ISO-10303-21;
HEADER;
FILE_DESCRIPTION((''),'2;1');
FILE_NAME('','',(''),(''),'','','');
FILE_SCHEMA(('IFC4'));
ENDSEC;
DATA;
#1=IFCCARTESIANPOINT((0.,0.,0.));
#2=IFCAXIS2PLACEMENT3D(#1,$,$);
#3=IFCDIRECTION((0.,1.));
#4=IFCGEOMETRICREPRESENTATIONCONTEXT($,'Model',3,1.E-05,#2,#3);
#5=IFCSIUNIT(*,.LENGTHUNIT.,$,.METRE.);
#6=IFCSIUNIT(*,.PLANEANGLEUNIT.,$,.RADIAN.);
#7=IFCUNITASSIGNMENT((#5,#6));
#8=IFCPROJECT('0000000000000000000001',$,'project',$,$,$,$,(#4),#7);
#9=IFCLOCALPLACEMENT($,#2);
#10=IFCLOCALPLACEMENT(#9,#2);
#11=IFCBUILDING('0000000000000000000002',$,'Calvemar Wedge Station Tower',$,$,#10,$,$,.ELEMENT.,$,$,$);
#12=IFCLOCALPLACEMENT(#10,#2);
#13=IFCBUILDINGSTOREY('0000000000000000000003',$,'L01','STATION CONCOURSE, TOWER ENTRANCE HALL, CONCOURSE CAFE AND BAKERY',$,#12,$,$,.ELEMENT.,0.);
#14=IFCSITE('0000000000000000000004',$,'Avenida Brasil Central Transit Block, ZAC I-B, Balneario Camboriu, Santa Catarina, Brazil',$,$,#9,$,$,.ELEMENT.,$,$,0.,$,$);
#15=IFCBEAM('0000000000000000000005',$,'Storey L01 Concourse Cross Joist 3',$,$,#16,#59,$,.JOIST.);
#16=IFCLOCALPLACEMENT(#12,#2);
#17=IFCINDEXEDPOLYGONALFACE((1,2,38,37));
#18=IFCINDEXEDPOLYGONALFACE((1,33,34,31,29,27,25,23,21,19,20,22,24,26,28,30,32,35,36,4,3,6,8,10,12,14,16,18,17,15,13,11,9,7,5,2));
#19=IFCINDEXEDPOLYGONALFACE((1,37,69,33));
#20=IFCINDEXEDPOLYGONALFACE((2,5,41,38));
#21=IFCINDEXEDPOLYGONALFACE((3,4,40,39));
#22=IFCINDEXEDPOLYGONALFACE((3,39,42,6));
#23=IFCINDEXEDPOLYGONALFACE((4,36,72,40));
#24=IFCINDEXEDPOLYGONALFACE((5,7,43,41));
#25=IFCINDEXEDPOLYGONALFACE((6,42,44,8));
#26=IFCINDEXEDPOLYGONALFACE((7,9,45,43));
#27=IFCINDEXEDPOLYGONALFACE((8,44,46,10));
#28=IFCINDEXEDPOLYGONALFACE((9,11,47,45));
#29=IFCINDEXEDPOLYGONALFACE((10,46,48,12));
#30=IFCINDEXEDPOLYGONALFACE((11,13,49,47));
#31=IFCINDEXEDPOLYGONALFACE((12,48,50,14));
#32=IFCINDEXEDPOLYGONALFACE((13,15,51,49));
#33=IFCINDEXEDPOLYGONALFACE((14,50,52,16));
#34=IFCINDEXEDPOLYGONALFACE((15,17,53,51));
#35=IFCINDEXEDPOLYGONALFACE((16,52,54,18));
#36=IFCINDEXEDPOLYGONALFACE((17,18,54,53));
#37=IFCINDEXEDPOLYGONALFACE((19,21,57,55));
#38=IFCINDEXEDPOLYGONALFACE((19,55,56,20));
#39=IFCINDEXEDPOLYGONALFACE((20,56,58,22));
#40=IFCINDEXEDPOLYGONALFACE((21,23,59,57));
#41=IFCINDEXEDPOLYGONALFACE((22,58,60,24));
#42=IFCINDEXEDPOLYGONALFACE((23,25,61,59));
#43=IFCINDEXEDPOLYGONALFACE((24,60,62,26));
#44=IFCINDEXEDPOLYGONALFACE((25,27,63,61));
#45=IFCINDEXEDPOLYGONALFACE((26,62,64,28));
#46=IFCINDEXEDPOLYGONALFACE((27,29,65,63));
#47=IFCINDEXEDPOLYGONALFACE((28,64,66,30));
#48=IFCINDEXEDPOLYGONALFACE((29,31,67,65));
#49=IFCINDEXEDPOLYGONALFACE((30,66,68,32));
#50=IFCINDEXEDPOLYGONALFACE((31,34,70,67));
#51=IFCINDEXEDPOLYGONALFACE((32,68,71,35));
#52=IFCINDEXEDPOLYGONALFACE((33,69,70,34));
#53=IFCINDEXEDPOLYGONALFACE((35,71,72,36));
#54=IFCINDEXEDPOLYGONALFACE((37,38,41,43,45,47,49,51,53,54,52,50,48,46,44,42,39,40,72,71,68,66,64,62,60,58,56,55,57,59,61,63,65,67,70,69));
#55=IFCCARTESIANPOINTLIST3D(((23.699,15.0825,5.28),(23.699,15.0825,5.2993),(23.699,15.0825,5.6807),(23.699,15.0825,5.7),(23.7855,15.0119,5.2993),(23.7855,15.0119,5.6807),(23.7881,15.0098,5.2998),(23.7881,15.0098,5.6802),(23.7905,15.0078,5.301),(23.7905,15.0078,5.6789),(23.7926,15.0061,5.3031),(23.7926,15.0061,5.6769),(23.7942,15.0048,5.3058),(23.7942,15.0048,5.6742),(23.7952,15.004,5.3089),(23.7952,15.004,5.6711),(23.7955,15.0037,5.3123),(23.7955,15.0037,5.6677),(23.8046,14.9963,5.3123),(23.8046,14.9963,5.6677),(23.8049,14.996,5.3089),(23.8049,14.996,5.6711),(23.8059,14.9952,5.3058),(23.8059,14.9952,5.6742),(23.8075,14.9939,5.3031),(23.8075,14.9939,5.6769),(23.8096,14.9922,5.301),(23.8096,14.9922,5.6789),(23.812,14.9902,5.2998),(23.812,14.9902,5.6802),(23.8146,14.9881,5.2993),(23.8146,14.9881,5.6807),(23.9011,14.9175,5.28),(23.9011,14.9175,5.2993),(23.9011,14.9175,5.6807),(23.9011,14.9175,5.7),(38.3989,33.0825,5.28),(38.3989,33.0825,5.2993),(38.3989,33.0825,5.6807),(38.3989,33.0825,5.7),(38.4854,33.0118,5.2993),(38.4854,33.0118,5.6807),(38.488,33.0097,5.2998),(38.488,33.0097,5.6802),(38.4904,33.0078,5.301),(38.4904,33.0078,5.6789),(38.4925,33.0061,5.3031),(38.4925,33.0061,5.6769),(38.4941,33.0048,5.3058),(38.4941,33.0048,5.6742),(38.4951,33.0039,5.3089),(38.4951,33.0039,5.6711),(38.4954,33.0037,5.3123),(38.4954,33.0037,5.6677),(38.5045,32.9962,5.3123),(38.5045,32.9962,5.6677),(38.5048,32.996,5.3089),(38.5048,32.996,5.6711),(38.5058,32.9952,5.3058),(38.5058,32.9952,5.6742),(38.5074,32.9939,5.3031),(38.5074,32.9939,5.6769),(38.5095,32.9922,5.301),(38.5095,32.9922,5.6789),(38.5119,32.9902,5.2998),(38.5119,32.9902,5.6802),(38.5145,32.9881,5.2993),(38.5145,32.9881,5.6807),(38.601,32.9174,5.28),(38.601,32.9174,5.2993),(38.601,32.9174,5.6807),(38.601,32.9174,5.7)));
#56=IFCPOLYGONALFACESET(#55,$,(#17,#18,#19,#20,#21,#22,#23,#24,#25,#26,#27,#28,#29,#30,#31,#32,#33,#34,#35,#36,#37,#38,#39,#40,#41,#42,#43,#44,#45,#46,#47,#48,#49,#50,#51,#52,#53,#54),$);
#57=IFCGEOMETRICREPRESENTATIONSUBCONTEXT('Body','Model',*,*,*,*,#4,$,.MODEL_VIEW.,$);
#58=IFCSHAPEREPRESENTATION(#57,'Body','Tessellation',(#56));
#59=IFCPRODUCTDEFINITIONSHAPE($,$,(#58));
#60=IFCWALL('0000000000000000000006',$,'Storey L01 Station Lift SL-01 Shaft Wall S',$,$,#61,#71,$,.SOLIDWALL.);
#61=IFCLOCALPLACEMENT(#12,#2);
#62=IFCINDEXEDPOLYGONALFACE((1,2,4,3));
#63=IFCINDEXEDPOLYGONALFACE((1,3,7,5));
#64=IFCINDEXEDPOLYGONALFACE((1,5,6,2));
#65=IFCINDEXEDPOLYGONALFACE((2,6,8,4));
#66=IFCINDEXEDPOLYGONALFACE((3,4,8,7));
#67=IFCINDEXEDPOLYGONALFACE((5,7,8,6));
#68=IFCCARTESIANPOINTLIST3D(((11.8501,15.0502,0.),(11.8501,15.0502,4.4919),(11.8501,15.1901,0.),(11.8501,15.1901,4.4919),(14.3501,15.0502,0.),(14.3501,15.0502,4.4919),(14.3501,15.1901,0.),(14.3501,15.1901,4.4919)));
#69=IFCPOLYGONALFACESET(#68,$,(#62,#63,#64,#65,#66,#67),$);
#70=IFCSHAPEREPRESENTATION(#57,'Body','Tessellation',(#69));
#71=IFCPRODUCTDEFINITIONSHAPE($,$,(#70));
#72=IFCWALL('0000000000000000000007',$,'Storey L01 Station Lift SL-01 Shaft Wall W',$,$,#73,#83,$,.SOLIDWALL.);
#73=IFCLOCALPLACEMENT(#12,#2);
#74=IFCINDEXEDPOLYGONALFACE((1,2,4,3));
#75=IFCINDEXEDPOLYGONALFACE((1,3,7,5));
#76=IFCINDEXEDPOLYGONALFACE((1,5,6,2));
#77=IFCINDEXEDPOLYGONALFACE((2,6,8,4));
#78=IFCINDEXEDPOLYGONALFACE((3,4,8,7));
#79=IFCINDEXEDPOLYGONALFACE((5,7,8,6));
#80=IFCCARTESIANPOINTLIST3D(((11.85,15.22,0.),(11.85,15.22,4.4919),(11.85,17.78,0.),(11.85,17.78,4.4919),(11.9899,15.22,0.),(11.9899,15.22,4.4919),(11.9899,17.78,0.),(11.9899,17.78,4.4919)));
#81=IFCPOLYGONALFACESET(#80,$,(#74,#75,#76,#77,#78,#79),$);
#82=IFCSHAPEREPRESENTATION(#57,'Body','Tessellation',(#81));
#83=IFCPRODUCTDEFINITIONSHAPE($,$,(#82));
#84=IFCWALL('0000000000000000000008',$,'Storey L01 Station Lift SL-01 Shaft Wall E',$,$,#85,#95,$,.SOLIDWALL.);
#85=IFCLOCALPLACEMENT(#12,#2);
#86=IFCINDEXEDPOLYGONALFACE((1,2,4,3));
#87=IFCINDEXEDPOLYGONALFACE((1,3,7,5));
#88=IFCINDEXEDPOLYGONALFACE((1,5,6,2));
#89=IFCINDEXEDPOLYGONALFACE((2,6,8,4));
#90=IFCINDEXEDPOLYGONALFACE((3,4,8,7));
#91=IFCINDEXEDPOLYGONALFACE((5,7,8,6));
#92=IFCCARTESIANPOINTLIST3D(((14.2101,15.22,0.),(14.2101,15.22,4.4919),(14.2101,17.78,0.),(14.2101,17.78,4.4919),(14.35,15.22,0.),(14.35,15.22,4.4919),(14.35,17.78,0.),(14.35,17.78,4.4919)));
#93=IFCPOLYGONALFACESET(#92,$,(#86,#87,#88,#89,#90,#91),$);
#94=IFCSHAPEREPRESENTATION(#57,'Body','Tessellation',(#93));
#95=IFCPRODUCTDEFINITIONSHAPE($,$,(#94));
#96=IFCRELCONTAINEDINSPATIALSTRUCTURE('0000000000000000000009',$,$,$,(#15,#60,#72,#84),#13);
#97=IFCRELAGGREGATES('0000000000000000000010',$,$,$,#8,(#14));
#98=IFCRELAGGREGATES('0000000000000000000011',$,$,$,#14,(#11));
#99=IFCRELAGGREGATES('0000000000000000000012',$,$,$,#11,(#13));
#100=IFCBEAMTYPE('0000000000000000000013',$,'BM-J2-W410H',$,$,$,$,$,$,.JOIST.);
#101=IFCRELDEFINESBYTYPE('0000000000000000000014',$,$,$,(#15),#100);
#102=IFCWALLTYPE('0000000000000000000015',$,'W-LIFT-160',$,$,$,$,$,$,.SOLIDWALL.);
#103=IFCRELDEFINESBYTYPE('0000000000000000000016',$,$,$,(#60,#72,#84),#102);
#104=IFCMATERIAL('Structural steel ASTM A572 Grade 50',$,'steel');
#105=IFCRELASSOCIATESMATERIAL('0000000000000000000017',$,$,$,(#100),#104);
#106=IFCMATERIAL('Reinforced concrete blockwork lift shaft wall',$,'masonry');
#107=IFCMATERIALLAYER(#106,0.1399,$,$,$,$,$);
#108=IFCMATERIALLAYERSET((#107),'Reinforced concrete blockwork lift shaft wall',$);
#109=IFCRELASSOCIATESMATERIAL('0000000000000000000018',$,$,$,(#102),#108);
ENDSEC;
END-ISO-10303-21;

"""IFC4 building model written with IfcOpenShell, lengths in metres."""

from ifc_helpers import new_model, si_unit, direction, frame, frame_2d, origin, origin_2d, place, context, subcontext, project, spatial, rectangle, i_section, extrude, source, transform, mapped, material, layer, layer_set, material_profile, profile_set, type_object, element, save


model = new_model("IFC4")

# Units and contexts
model_context = context("Model", 3, precision=1e-05, world=origin(), true_north=direction((0.0, 1.0)))
body_context = subcontext(model_context, "Body", "Model", "MODEL_VIEW")
ifc_project = project(units=[si_unit("LENGTHUNIT", "METRE"), si_unit("PLANEANGLEUNIT", "RADIAN")], contexts=[model_context])

# Site, building, storey
site_placement = place(None, origin())
site = spatial("IfcSite", under=ifc_project, at=site_placement, Name="Avenida Brasil Central Transit Block, ZAC I-B, Balneario Camboriu, Santa Catarina, Brazil", CompositionType="ELEMENT", RefElevation=0.0)
building_placement = place(site_placement, origin())
building = spatial("IfcBuilding", under=site, at=building_placement, Name="Calvemar Wedge Station Tower", CompositionType="ELEMENT")
storey_placement = place(building_placement, origin())
storey = spatial("IfcBuildingStorey", under=building, at=storey_placement, Name="L01", Description="STATION CONCOURSE, TOWER ENTRANCE HALL, CONCOURSE CAFE AND BAKERY", CompositionType="ELEMENT", Elevation=0.0)

# Beam
ifc_material_1 = material(Name="Structural steel ASTM A572 Grade 50", Category="steel")
ifc_material_profile_1 = material_profile(ifc_material_1, i_section(OverallWidth=0.261, OverallDepth=0.4199, WebThickness=0.0117, FlangeThickness=0.0193, FilletRadius=0.0129, at=origin_2d()), Name="W410x114")
ifc_profile_set_1 = profile_set([ifc_material_profile_1], Name="Structural steel ASTM A572 Grade 50")
beam_type_1 = type_object("IfcBeamType", Name="BM-J2-W410H", PredefinedType="JOIST", material=ifc_profile_set_1)
shared_shape_1 = source(origin(), body_context, "Body", "SweptSolid", [
    extrude(i_section(OverallWidth=0.261, OverallDepth=0.4199, WebThickness=0.0117, FlangeThickness=0.0193, FilletRadius=0.0129, at=origin_2d()), origin(), (0.0, 0.0, 1.0), 23.2397),
])
beam_1_placement = place(storey_placement, frame((23.8, 15.0, 5.49), z_axis=(0.632533, 0.774533, 0.0), x_axis=(-0.774533, 0.632533, 0.0)))
element("IfcBeam", 1, at=beam_1_placement, inside=storey, type_object=beam_type_1, Name="Storey L01 Concourse Cross Joist 3", PredefinedType="JOIST", context=body_context, shape_type="MappedRepresentation", body=[
    mapped(shared_shape_1, transform((0.0, 0.0, 0.0), scale=1.0)),
])

# Shared definitions
ifc_material_2 = material(Name="Reinforced concrete blockwork lift shaft wall", Category="masonry")
ifc_layer_1 = layer(ifc_material_2, 0.1399)
ifc_layer_set_1 = layer_set([ifc_layer_1], Name="Reinforced concrete blockwork lift shaft wall")
wall_type_1 = type_object("IfcWallType", Name="W-LIFT-160", PredefinedType="SOLIDWALL", material=ifc_layer_set_1)

# Walls
wall_1_placement = place(storey_placement, frame((11.8501, 15.1201, 0.0), z_axis=(0.0, 0.0, 1.0), x_axis=(1.0, 0.0, 0.0)))
element("IfcWall", 2, at=wall_1_placement, inside=storey, type_object=wall_type_1, Name="Storey L01 Station Lift SL-01 Shaft Wall S", PredefinedType="SOLIDWALL", context=body_context, shape_type="SweptSolid", body=[
    extrude(rectangle(XDim=2.5, YDim=0.1399, at=frame_2d((1.25, 0.0))), origin(), (0.0, 0.0, 1.0), 4.4919),
])
for number, where, z_axis, x_axis, name in (
    (3, (11.9199, 15.22, 0.0), (0.0, 0.0, 1.0), (0.0, 1.0, 0.0), "Storey L01 Station Lift SL-01 Shaft Wall W"),
    (4, (14.28, 15.22, 0.0), (0.0, 0.0, 1.0), (0.0, 1.0, 0.0), "Storey L01 Station Lift SL-01 Shaft Wall E"),
):
    element("IfcWall", number, at=place(storey_placement, frame(where, z_axis=z_axis, x_axis=x_axis)), inside=storey, type_object=wall_type_1, Name=name, PredefinedType="SOLIDWALL", context=body_context, shape_type="SweptSolid", body=[
        extrude(rectangle(XDim=2.5601, YDim=0.1399, at=frame_2d((1.28, 0.0))), origin(), (0.0, 0.0, 1.0), 4.4919),
    ])

save(model, "model.ifc")
